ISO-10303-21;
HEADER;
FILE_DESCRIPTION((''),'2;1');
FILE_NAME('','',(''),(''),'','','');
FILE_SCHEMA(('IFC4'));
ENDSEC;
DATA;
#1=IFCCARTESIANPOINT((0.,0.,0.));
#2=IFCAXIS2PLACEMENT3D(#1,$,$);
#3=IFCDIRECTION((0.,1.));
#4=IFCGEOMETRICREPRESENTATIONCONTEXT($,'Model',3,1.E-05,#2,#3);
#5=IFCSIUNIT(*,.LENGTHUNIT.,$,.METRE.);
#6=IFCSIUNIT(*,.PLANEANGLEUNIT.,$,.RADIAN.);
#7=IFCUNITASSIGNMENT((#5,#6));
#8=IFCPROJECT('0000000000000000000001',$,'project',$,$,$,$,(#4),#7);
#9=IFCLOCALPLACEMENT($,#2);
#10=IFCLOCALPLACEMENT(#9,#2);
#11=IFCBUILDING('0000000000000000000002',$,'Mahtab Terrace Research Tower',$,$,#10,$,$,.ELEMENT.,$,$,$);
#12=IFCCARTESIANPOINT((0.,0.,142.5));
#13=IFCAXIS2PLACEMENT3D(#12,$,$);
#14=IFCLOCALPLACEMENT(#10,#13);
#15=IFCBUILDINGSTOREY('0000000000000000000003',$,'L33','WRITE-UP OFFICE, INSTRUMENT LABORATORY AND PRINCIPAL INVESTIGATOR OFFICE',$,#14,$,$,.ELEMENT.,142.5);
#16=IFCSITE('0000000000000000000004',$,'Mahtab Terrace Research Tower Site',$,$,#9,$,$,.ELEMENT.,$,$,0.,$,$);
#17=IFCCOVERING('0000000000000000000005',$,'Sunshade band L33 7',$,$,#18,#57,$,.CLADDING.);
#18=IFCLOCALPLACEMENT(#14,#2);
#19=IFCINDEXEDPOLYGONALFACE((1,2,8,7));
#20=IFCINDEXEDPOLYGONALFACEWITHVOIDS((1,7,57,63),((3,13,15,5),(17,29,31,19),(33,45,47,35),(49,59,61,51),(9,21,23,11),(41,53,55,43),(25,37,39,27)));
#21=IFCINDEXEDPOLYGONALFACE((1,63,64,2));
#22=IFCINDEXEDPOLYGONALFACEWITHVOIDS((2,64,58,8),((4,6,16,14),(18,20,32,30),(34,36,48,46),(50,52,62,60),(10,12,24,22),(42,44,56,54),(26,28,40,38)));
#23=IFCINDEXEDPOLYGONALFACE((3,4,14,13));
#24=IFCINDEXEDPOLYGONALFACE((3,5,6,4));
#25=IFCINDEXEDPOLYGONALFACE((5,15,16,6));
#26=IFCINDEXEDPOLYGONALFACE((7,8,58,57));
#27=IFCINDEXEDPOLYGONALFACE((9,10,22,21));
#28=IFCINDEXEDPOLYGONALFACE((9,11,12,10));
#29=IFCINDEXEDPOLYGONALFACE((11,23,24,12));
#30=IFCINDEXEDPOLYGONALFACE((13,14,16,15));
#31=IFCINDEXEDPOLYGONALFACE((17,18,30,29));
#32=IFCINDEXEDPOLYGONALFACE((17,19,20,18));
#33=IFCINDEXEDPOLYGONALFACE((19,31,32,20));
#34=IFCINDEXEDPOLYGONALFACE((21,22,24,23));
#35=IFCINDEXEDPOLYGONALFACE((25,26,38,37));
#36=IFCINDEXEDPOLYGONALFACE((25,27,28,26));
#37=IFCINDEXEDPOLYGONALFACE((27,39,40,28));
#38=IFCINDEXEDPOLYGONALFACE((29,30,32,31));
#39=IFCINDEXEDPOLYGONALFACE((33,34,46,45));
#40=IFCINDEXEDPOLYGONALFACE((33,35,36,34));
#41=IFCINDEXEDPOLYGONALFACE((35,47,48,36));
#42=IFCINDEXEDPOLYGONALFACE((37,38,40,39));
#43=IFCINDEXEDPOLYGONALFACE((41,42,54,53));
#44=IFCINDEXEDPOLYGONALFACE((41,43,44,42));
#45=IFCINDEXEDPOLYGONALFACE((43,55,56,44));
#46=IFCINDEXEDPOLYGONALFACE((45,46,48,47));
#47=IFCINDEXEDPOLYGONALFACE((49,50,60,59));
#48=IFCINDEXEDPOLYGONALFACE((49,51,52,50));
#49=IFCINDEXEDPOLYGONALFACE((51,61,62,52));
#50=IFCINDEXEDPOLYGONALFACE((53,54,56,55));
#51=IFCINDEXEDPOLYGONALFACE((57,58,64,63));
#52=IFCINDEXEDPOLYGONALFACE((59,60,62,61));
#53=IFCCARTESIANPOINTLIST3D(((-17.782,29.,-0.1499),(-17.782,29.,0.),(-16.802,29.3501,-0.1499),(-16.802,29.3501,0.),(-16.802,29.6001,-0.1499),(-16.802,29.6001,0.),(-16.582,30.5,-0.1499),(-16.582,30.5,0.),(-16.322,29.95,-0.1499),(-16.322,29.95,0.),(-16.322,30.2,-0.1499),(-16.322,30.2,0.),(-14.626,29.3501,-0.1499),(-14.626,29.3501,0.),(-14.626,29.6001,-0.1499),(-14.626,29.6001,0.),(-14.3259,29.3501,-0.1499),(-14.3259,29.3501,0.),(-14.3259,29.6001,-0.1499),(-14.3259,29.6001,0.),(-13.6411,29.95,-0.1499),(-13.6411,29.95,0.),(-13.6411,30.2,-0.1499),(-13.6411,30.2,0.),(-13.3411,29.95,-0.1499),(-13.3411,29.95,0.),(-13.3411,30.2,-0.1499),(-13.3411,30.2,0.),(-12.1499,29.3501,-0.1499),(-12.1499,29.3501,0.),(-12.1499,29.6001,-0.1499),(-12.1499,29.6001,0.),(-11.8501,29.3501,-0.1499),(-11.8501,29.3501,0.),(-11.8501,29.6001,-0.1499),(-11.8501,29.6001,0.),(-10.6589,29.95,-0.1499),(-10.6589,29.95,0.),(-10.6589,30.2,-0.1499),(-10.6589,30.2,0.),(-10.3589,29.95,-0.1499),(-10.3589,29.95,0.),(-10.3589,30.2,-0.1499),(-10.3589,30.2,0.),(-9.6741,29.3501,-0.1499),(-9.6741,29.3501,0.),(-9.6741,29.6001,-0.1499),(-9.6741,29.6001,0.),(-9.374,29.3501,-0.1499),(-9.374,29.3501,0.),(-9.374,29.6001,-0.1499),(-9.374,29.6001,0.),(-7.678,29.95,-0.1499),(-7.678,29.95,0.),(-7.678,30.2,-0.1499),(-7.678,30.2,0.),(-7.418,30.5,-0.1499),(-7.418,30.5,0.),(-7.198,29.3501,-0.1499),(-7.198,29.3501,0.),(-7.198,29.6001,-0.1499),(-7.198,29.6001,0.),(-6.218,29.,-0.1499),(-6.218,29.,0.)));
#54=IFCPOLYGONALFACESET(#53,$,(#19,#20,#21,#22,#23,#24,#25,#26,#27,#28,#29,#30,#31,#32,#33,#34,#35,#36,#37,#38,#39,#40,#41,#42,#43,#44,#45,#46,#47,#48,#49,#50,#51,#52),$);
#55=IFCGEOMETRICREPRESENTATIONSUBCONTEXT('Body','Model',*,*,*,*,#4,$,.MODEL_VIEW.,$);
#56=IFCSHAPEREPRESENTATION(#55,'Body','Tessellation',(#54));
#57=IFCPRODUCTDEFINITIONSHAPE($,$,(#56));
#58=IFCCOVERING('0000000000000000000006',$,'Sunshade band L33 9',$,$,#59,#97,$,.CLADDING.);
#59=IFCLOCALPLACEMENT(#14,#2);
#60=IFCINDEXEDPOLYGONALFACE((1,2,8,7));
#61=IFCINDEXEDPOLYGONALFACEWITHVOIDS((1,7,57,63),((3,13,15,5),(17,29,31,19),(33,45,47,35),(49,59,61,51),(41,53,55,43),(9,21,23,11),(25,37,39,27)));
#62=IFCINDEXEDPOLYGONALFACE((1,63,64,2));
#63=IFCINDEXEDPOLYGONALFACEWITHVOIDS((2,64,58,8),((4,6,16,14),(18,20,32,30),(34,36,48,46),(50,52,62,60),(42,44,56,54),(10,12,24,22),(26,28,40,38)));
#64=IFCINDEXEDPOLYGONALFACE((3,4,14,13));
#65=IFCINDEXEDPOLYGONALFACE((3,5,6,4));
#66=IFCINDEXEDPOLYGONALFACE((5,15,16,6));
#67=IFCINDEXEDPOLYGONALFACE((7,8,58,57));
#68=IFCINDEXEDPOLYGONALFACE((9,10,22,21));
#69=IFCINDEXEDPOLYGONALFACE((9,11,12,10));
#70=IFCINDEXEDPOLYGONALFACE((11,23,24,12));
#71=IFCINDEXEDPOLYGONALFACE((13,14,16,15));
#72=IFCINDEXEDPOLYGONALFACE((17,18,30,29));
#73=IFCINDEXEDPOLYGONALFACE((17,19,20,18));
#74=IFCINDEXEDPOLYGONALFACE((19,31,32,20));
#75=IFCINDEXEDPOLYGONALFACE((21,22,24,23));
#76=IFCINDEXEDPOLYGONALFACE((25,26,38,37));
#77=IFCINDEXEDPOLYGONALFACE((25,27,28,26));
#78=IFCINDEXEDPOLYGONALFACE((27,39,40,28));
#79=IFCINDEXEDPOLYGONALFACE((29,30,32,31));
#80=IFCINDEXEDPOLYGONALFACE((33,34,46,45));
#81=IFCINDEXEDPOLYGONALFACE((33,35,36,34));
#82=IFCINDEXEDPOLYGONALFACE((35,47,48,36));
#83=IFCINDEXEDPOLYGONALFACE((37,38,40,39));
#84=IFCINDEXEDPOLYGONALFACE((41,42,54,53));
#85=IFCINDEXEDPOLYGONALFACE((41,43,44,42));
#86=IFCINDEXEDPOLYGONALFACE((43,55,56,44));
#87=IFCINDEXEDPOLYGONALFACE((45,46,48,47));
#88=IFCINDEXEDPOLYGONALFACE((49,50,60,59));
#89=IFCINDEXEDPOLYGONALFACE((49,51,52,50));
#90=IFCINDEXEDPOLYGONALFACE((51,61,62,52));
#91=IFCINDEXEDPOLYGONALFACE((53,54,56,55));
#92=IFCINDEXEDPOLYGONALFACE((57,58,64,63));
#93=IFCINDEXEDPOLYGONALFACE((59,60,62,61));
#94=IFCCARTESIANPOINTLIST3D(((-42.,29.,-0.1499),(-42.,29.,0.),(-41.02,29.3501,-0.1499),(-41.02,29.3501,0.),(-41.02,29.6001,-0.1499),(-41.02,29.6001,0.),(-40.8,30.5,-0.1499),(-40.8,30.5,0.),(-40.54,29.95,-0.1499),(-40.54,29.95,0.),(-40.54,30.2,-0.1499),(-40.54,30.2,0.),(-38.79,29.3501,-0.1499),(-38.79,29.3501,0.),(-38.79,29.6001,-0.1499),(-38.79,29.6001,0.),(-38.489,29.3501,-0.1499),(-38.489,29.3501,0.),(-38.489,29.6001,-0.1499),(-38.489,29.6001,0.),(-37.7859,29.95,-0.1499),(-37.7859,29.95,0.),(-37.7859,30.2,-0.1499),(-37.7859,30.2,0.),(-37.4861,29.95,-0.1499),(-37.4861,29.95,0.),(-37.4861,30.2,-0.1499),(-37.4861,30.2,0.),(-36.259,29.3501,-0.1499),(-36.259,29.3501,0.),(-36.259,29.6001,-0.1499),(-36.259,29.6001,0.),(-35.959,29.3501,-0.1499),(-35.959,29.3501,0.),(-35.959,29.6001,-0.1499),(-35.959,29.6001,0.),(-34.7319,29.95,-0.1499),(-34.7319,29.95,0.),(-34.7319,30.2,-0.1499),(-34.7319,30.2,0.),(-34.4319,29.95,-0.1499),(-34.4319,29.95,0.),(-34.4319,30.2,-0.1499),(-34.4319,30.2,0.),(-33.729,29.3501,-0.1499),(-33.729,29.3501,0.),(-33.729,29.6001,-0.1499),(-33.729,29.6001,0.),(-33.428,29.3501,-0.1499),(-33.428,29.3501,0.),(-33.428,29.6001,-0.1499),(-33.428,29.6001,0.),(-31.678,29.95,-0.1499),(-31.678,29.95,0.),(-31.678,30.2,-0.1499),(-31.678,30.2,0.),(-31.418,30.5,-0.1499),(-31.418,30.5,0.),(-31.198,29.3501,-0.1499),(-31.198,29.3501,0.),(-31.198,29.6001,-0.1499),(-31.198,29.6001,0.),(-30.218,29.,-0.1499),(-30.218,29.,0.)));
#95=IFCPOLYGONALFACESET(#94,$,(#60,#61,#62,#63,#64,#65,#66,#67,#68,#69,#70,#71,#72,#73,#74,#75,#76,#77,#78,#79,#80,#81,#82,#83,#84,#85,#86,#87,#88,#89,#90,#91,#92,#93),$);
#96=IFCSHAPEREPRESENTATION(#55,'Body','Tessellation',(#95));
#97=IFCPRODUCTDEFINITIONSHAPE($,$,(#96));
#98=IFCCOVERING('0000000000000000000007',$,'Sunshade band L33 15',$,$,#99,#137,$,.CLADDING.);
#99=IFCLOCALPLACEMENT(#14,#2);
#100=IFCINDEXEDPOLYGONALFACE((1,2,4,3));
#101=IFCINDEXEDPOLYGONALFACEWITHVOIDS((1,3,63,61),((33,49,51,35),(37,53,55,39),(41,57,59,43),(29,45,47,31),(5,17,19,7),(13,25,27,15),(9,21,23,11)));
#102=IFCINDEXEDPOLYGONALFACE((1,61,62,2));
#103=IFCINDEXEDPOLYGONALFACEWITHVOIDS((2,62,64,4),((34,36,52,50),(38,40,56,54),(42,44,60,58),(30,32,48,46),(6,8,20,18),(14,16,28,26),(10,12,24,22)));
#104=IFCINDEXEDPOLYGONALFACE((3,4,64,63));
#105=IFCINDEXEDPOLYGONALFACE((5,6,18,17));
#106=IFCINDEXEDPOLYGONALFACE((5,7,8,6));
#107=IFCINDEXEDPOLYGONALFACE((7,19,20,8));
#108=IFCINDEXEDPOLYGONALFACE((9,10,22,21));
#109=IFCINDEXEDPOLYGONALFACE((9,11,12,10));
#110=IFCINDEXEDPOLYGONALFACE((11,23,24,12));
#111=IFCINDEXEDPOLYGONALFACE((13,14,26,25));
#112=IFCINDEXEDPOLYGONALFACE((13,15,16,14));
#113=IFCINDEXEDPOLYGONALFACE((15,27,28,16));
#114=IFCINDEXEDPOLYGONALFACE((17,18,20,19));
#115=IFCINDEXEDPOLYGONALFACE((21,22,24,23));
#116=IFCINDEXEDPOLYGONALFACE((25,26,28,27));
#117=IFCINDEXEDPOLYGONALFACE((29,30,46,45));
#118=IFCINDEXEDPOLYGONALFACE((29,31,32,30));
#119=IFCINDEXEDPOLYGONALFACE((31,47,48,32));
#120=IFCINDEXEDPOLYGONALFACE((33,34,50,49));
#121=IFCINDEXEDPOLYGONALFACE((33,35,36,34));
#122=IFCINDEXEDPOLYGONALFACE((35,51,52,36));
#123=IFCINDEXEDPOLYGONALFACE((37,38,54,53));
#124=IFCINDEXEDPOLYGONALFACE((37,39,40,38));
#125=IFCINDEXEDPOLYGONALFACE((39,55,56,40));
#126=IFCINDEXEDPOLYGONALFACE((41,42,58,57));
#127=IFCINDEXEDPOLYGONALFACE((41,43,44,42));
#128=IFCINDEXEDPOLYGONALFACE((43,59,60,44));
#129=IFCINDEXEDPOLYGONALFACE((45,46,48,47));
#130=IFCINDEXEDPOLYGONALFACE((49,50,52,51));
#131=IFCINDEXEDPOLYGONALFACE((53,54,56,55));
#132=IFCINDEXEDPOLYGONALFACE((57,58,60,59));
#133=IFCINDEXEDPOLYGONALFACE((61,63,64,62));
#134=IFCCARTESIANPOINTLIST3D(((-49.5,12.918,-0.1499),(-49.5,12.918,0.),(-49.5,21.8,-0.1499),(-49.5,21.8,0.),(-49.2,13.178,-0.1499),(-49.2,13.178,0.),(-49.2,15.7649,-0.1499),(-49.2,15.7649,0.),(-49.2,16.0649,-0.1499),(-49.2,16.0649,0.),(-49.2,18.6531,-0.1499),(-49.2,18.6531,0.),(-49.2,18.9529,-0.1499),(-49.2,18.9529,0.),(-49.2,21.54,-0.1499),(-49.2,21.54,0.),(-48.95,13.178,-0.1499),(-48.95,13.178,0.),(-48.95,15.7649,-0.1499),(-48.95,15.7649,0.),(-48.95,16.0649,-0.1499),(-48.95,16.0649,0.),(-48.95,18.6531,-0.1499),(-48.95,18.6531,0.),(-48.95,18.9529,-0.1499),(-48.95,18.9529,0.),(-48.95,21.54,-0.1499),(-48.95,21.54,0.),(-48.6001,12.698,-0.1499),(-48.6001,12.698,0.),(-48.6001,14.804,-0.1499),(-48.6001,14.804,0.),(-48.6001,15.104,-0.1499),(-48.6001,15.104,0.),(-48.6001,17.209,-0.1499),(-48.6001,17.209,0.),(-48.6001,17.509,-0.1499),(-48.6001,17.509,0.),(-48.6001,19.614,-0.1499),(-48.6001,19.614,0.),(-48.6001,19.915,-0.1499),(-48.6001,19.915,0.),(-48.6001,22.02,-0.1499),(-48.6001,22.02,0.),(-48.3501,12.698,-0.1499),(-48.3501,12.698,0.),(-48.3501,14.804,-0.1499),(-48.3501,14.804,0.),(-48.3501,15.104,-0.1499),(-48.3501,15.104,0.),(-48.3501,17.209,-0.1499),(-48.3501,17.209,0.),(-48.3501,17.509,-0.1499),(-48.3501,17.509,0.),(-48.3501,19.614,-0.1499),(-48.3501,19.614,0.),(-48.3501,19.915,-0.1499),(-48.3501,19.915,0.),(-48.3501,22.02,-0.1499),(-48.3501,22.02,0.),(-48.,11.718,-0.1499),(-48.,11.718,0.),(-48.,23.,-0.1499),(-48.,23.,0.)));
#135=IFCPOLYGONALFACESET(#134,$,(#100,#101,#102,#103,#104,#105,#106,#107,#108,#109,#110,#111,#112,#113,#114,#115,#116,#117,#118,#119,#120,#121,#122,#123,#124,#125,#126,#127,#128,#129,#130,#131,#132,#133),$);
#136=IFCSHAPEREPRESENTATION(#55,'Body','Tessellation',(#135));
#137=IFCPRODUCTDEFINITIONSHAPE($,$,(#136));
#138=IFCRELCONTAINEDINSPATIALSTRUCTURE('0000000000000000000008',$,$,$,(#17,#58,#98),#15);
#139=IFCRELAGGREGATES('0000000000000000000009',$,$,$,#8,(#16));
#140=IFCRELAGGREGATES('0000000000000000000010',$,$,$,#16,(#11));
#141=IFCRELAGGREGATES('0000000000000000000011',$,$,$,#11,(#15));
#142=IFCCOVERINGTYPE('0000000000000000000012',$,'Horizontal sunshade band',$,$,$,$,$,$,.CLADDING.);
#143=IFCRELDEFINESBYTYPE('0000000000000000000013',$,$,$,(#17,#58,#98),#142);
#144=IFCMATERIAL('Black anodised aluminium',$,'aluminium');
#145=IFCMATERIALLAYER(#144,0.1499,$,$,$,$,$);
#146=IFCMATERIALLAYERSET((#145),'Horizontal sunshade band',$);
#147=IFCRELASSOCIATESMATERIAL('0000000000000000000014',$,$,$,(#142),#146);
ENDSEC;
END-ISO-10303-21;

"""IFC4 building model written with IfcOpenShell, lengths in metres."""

from ifc_helpers import new_model, si_unit, direction, frame, origin, place, context, subcontext, project, spatial, polyline, outline, extrude, material, layer, layer_set, type_object, element, save


model = new_model("IFC4")

# Units and contexts
model_context = context("Model", 3, precision=1e-05, world=origin(), true_north=direction((0.0, 1.0)))
body_context = subcontext(model_context, "Body", "Model", "MODEL_VIEW")
ifc_project = project(units=[si_unit("LENGTHUNIT", "METRE"), si_unit("PLANEANGLEUNIT", "RADIAN")], contexts=[model_context])

# Site, building, storey
site_placement = place(None, origin())
site = spatial("IfcSite", under=ifc_project, at=site_placement, Name="Mahtab Terrace Research Tower Site", CompositionType="ELEMENT", RefElevation=0.0)
building_placement = place(site_placement, origin())
building = spatial("IfcBuilding", under=site, at=building_placement, Name="Mahtab Terrace Research Tower", CompositionType="ELEMENT")
storey_placement = place(building_placement, frame((0.0, 0.0, 142.5)))
storey = spatial("IfcBuildingStorey", under=building, at=storey_placement, Name="L33", Description="WRITE-UP OFFICE, INSTRUMENT LABORATORY AND PRINCIPAL INVESTIGATOR OFFICE", CompositionType="ELEMENT", Elevation=142.5)

# Coverings
ifc_material_1 = material(Name="Black anodised aluminium", Category="aluminium")
ifc_layer_1 = layer(ifc_material_1, 0.1499)
ifc_layer_set_1 = layer_set([ifc_layer_1], Name="Horizontal sunshade band")
covering_type = type_object("IfcCoveringType", Name="Horizontal sunshade band", PredefinedType="CLADDING", material=ifc_layer_set_1)
covering_1_placement = place(storey_placement, frame((0.0, 0.0, -0.1499)))
element("IfcCovering", 1, at=covering_1_placement, inside=storey, type_object=covering_type, Name="Sunshade band L33 7", PredefinedType="CLADDING", context=body_context, shape_type="SweptSolid", body=[
    extrude(outline(polyline([(-6.218, 29.0), (-17.782, 29.0), (-16.582, 30.5), (-7.418, 30.5), (-6.218, 29.0)]), holes=[polyline([(-7.198, 29.3501), (-9.374, 29.3501), (-9.374, 29.6001), (-7.198, 29.6001), (-7.198, 29.3501)]), polyline([(-9.6741, 29.3501), (-11.8501, 29.3501), (-11.8501, 29.6001), (-9.6741, 29.6001), (-9.6741, 29.3501)]), polyline([(-12.1499, 29.3501), (-14.3259, 29.3501), (-14.3259, 29.6001), (-12.1499, 29.6001), (-12.1499, 29.3501)]), polyline([(-14.626, 29.3501), (-16.802, 29.3501), (-16.802, 29.6001), (-14.626, 29.6001), (-14.626, 29.3501)]), polyline([(-7.678, 29.95), (-10.3589, 29.95), (-10.3589, 30.2), (-7.678, 30.2), (-7.678, 29.95)]), polyline([(-10.6589, 29.95), (-13.3411, 29.95), (-13.3411, 30.2), (-10.6589, 30.2), (-10.6589, 29.95)]), polyline([(-13.6411, 29.95), (-16.322, 29.95), (-16.322, 30.2), (-13.6411, 30.2), (-13.6411, 29.95)])]), origin(), (0.0, 0.0, 1.0), 0.1499),
])
covering_2_placement = place(storey_placement, frame((0.0, 0.0, -0.1499)))
element("IfcCovering", 2, at=covering_2_placement, inside=storey, type_object=covering_type, Name="Sunshade band L33 9", PredefinedType="CLADDING", context=body_context, shape_type="SweptSolid", body=[
    extrude(outline(polyline([(-30.218, 29.0), (-42.0, 29.0), (-40.8, 30.5), (-31.418, 30.5), (-30.218, 29.0)]), holes=[polyline([(-31.198, 29.3501), (-33.428, 29.3501), (-33.428, 29.6001), (-31.198, 29.6001), (-31.198, 29.3501)]), polyline([(-33.729, 29.3501), (-35.959, 29.3501), (-35.959, 29.6001), (-33.729, 29.6001), (-33.729, 29.3501)]), polyline([(-36.259, 29.3501), (-38.489, 29.3501), (-38.489, 29.6001), (-36.259, 29.6001), (-36.259, 29.3501)]), polyline([(-38.79, 29.3501), (-41.02, 29.3501), (-41.02, 29.6001), (-38.79, 29.6001), (-38.79, 29.3501)]), polyline([(-31.678, 29.95), (-34.4319, 29.95), (-34.4319, 30.2), (-31.678, 30.2), (-31.678, 29.95)]), polyline([(-34.7319, 29.95), (-37.4861, 29.95), (-37.4861, 30.2), (-34.7319, 30.2), (-34.7319, 29.95)]), polyline([(-37.7859, 29.95), (-40.54, 29.95), (-40.54, 30.2), (-37.7859, 30.2), (-37.7859, 29.95)])]), origin(), (0.0, 0.0, 1.0), 0.1499),
])
covering_3_placement = place(storey_placement, frame((0.0, 0.0, -0.1499)))
element("IfcCovering", 3, at=covering_3_placement, inside=storey, type_object=covering_type, Name="Sunshade band L33 15", PredefinedType="CLADDING", context=body_context, shape_type="SweptSolid", body=[
    extrude(outline(polyline([(-48.0, 23.0), (-48.0, 11.718), (-49.5, 12.918), (-49.5, 21.8), (-48.0, 23.0)]), holes=[polyline([(-48.3501, 22.02), (-48.3501, 19.915), (-48.6001, 19.915), (-48.6001, 22.02), (-48.3501, 22.02)]), polyline([(-48.3501, 19.614), (-48.3501, 17.509), (-48.6001, 17.509), (-48.6001, 19.614), (-48.3501, 19.614)]), polyline([(-48.3501, 17.209), (-48.3501, 15.104), (-48.6001, 15.104), (-48.6001, 17.209), (-48.3501, 17.209)]), polyline([(-48.3501, 14.804), (-48.3501, 12.698), (-48.6001, 12.698), (-48.6001, 14.804), (-48.3501, 14.804)]), polyline([(-48.95, 21.54), (-48.95, 18.9529), (-49.2, 18.9529), (-49.2, 21.54), (-48.95, 21.54)]), polyline([(-48.95, 18.6531), (-48.95, 16.0649), (-49.2, 16.0649), (-49.2, 18.6531), (-48.95, 18.6531)]), polyline([(-48.95, 15.7649), (-48.95, 13.178), (-49.2, 13.178), (-49.2, 15.7649), (-48.95, 15.7649)])]), origin(), (0.0, 0.0, 1.0), 0.1499),
])

save(model, "model.ifc")
